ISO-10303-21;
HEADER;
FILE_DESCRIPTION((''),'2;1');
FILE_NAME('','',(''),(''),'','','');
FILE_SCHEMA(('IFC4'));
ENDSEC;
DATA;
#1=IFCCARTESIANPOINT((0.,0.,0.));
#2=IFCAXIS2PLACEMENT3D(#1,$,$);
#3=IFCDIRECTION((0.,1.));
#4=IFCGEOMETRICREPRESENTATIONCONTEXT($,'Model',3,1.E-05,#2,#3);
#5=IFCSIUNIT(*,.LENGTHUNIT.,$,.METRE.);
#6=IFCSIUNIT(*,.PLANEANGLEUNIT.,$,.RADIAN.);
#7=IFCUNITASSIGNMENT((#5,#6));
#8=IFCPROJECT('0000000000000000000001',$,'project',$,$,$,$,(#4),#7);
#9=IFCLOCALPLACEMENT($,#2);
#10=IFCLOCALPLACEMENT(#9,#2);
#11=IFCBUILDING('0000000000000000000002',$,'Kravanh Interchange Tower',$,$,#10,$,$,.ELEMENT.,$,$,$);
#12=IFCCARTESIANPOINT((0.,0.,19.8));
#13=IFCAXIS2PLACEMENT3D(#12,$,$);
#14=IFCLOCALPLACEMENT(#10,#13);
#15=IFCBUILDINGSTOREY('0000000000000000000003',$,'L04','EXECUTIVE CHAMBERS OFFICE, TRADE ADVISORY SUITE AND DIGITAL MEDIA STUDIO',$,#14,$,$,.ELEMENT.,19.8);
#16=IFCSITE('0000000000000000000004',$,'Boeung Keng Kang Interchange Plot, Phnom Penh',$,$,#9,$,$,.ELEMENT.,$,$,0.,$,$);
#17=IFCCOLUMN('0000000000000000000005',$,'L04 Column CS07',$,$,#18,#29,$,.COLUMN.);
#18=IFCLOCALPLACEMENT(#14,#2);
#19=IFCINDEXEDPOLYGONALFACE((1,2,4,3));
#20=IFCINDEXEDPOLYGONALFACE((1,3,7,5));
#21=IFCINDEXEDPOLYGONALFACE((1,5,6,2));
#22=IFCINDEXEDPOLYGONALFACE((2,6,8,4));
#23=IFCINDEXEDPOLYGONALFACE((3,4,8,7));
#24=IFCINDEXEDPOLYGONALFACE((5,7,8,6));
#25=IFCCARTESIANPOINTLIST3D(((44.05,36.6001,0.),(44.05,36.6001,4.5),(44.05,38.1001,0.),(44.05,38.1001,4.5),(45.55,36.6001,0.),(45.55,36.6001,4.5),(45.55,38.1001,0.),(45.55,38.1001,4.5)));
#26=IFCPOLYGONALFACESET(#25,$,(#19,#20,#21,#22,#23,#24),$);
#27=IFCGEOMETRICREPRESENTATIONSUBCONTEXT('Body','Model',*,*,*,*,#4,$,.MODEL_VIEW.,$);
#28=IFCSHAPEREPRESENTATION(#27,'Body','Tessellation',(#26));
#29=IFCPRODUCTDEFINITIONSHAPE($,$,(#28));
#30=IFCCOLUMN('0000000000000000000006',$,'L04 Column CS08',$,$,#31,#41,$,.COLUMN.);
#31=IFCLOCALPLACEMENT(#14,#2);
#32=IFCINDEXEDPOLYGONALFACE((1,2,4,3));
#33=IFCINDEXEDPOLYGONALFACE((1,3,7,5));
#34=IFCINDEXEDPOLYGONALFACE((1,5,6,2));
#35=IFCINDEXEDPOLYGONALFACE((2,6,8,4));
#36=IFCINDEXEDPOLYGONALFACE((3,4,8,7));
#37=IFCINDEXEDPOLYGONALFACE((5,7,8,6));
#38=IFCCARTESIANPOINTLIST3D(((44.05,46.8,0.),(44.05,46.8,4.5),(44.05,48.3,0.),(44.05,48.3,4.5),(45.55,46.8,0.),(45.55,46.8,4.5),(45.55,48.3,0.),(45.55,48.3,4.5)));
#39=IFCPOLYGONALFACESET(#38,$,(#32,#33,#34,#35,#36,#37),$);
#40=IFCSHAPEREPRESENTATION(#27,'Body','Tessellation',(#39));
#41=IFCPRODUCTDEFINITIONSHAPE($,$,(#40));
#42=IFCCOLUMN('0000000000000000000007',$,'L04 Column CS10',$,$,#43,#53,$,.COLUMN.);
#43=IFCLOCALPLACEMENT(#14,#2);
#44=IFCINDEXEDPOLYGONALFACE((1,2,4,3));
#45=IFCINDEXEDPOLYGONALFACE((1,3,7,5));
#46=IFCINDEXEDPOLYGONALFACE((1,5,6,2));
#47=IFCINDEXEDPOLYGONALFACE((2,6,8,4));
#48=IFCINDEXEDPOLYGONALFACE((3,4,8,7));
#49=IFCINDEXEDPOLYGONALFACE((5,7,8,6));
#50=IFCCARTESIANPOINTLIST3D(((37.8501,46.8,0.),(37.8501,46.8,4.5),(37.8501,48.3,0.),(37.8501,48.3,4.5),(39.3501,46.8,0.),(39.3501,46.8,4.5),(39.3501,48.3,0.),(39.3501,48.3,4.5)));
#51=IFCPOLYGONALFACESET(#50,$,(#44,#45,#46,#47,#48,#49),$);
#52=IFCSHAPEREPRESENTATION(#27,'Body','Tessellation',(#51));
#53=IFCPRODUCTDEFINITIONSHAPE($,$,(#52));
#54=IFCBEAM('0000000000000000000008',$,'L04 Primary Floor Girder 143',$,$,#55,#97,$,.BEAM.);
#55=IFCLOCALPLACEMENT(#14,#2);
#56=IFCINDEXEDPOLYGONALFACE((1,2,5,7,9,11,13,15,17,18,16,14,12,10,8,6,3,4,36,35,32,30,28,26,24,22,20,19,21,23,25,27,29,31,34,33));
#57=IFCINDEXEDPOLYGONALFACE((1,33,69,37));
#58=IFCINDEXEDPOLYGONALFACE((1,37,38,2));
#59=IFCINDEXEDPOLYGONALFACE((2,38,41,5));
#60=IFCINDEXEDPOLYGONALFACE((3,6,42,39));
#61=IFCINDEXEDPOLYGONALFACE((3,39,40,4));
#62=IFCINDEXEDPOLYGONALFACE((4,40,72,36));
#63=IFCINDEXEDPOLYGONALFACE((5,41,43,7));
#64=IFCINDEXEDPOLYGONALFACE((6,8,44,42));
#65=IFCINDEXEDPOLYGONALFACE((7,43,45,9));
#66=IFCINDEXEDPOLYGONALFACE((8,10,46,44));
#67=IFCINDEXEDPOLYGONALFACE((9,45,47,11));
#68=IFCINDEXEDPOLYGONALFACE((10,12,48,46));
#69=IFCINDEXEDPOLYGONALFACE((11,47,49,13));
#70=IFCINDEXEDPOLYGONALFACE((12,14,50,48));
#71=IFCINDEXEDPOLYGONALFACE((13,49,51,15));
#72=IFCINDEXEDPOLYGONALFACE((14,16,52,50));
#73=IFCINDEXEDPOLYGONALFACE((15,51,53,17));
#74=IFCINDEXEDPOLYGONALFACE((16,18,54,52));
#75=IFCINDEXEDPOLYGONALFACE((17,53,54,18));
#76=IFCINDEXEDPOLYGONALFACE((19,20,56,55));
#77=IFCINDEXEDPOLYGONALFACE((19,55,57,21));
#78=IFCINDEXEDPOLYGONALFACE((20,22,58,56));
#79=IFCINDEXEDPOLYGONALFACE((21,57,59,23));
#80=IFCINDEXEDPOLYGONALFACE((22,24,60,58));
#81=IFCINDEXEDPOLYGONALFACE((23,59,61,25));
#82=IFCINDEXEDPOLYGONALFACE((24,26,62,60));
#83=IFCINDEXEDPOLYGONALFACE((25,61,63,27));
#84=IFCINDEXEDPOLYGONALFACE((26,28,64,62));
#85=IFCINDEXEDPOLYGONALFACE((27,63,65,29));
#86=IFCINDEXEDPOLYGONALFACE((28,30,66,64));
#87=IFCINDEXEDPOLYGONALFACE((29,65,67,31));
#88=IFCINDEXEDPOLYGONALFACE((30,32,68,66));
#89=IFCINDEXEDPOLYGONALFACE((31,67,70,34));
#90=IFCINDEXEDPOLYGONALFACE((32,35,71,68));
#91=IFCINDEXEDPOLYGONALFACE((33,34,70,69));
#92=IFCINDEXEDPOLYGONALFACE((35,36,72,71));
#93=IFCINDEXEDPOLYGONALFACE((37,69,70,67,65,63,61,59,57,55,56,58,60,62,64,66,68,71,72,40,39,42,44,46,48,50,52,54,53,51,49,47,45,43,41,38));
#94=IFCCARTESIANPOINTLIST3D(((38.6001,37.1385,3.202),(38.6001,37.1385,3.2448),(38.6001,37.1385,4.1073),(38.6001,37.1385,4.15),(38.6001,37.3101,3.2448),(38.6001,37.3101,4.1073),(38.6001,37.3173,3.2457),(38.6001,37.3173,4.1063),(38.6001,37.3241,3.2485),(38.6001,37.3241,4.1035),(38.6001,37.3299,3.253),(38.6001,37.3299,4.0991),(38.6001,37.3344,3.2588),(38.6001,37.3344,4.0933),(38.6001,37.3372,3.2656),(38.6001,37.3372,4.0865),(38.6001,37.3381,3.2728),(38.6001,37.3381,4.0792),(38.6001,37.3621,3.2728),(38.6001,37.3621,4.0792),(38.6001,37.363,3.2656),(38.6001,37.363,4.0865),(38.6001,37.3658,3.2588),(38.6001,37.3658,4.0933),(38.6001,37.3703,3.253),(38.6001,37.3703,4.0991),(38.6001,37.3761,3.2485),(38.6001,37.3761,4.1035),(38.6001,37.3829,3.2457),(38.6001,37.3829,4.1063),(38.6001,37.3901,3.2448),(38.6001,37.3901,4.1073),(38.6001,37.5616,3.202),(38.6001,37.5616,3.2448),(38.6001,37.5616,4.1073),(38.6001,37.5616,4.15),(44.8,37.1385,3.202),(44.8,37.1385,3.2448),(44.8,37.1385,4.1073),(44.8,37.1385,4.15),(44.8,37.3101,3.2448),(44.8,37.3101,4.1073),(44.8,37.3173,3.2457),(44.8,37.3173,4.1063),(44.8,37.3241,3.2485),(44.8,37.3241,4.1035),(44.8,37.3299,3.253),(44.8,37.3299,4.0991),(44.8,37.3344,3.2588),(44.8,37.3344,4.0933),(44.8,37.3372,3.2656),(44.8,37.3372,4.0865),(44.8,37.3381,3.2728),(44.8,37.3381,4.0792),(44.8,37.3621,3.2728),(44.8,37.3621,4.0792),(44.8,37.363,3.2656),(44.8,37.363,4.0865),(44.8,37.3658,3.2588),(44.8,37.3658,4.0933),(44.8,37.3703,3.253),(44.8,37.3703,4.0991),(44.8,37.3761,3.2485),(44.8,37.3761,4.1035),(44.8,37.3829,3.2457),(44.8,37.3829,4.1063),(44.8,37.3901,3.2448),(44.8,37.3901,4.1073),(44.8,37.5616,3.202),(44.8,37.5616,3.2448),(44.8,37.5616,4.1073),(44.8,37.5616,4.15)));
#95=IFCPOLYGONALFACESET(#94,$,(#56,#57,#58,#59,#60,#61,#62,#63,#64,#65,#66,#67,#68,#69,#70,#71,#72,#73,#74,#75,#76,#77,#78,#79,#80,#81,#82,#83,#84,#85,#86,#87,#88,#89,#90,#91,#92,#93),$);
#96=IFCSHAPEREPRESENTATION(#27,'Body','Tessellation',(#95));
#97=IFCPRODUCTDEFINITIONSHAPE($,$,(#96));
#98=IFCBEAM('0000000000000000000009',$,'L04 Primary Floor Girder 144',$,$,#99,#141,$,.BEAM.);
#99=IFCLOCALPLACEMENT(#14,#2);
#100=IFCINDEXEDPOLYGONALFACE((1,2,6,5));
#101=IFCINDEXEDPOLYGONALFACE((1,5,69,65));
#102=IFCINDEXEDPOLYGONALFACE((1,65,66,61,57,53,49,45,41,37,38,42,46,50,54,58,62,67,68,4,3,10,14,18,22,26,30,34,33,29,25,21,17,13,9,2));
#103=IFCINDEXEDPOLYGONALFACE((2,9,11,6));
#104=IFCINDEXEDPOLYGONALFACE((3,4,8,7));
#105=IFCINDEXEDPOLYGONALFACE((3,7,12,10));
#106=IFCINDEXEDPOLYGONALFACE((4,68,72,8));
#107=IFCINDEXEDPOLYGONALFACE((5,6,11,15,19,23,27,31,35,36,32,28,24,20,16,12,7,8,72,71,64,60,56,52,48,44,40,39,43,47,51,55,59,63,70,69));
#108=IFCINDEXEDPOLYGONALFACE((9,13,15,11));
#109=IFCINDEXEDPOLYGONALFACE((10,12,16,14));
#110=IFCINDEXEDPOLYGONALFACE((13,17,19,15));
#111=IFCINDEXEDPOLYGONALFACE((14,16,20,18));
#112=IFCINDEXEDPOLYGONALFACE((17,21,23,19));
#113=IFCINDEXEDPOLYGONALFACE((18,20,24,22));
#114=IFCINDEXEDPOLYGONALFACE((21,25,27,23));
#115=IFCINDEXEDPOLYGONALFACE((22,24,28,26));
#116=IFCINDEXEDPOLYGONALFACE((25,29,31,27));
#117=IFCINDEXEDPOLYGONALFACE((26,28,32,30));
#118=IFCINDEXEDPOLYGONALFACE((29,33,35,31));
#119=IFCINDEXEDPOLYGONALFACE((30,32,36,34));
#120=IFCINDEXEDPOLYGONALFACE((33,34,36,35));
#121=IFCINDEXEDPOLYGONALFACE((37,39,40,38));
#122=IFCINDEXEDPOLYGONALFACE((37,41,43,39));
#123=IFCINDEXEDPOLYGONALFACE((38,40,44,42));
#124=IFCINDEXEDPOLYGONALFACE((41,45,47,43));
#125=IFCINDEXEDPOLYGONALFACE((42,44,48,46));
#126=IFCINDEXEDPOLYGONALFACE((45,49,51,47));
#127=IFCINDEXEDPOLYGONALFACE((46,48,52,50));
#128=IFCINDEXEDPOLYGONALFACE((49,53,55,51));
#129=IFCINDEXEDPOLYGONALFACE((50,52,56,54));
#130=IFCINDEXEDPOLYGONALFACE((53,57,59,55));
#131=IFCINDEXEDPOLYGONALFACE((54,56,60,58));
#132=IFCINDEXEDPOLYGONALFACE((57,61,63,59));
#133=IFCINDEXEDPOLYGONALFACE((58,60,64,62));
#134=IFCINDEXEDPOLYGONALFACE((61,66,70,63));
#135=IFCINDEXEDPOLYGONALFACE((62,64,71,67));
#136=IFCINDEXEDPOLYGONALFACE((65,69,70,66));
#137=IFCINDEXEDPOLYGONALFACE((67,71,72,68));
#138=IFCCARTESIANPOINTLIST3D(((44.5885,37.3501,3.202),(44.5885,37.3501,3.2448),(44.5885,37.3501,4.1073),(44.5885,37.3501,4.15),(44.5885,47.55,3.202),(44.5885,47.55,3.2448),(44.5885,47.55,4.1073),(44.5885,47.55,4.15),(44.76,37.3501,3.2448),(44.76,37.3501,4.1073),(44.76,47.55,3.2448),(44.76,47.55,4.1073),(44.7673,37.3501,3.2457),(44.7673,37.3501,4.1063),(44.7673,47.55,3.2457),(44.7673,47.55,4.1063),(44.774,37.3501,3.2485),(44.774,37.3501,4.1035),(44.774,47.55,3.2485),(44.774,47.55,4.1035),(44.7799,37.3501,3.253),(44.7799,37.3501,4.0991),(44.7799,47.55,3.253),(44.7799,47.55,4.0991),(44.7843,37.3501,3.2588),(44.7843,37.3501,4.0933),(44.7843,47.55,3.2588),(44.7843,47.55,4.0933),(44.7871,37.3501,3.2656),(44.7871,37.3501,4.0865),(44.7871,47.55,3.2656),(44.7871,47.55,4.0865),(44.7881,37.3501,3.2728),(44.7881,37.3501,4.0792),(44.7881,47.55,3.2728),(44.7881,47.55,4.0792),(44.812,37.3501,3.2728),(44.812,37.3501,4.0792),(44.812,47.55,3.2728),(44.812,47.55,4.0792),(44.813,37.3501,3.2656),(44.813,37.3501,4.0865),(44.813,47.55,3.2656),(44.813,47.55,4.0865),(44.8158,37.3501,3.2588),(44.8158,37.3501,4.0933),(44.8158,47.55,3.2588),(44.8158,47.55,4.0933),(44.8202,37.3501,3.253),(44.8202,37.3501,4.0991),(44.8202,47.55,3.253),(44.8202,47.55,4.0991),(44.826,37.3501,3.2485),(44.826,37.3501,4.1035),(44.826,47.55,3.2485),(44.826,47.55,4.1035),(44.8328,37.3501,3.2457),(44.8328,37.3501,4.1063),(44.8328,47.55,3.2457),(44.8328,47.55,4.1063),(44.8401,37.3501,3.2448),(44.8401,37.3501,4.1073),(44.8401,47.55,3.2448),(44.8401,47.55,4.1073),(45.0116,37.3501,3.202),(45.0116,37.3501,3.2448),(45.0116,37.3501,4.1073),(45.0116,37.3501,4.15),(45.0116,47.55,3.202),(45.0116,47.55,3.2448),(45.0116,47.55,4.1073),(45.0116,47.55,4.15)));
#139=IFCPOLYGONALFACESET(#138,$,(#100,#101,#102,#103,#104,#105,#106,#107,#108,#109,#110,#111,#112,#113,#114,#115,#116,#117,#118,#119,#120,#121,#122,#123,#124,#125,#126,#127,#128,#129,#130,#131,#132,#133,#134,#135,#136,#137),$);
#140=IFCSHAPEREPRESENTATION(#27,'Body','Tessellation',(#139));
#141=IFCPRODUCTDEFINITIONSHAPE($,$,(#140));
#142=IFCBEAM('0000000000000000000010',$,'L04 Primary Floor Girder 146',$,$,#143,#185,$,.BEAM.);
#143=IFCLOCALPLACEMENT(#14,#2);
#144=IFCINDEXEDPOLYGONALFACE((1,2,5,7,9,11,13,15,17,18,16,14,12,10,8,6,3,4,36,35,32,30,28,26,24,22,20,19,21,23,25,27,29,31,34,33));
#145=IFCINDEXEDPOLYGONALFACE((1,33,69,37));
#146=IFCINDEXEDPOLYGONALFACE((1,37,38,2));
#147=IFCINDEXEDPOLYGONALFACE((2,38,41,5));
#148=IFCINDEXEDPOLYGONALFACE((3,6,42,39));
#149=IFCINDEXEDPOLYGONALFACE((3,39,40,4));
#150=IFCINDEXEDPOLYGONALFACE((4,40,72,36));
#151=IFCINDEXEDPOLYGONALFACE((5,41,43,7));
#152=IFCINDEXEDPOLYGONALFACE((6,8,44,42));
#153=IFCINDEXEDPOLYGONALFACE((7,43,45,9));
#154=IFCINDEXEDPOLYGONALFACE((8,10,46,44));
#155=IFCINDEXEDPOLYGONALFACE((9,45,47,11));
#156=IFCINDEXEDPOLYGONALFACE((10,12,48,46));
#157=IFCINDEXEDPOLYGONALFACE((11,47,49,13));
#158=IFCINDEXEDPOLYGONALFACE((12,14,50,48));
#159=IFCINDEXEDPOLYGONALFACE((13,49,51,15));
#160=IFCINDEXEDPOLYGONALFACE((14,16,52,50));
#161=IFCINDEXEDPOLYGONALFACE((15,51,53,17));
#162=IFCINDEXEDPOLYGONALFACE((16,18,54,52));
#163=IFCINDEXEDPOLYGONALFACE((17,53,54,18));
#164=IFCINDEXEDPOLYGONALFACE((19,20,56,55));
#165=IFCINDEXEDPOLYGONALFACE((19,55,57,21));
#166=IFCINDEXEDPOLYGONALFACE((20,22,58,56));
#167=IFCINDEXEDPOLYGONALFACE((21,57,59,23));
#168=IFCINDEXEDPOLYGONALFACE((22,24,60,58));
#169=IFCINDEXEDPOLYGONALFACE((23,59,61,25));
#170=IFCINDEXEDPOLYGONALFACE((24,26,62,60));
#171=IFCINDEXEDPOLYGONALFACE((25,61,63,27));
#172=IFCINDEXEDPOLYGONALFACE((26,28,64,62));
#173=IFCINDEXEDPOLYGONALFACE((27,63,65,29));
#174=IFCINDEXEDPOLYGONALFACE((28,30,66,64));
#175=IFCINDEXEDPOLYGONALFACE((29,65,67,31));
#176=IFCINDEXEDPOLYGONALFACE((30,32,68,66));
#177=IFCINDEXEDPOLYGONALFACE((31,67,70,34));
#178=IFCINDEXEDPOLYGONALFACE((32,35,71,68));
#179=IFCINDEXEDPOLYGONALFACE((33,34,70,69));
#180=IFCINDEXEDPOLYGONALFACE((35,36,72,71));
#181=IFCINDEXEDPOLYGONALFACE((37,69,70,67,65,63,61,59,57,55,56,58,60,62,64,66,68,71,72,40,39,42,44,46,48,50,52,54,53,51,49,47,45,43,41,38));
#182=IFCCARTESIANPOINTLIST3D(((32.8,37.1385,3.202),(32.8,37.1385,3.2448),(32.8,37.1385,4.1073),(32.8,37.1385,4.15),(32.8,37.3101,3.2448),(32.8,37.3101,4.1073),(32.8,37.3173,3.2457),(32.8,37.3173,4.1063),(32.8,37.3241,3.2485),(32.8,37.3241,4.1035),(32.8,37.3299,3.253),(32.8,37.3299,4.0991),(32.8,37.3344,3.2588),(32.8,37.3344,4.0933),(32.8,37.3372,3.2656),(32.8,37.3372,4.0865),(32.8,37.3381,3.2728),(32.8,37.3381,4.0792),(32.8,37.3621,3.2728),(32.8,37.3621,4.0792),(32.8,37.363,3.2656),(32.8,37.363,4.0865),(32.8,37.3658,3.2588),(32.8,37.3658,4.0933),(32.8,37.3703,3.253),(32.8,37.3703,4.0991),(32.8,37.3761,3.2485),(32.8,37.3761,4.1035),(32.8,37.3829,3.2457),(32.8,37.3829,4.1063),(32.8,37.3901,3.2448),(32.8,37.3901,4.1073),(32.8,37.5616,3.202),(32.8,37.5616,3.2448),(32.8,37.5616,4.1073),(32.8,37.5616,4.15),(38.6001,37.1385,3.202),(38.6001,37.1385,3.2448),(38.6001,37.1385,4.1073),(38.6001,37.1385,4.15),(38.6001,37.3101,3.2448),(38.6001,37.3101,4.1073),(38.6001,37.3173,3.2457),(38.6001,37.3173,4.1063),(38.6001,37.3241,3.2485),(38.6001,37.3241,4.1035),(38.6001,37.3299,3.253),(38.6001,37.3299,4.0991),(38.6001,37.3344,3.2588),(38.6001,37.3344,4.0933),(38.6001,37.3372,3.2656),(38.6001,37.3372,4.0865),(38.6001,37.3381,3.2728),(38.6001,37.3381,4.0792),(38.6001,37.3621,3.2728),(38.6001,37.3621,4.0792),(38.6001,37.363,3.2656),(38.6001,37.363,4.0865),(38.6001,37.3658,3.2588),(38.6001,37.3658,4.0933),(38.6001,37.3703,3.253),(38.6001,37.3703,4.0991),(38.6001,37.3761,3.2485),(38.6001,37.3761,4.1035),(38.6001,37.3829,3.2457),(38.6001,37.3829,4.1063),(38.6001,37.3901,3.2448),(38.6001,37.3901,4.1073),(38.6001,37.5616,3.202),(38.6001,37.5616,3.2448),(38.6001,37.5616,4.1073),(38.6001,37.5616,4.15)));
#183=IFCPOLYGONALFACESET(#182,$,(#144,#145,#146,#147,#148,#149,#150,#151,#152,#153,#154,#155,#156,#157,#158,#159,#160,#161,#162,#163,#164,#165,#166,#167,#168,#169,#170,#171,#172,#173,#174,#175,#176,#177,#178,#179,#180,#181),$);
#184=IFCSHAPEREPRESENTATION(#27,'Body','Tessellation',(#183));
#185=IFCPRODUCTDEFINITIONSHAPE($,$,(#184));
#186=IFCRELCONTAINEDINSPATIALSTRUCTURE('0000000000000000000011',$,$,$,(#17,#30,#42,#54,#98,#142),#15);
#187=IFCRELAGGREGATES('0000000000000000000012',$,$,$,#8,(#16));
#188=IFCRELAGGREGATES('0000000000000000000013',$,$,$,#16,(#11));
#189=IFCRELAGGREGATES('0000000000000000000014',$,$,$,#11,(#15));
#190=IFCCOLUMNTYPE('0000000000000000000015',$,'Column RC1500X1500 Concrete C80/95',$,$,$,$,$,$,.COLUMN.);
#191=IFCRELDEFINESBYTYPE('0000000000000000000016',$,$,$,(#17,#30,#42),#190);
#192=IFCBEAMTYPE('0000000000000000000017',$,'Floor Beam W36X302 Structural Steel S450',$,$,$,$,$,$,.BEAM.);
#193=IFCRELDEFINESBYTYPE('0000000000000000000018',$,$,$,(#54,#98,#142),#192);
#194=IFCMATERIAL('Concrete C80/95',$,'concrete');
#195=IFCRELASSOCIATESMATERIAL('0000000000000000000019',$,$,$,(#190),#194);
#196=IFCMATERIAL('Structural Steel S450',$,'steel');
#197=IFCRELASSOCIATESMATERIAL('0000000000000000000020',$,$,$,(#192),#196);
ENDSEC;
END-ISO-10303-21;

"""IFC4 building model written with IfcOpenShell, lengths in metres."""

from ifc_helpers import new_model, si_unit, direction, frame, origin, origin_2d, place, context, subcontext, project, spatial, rectangle, i_section, extrude, material, material_profile, profile_set, type_object, element, save


model = new_model("IFC4")

# Units and contexts
model_context = context("Model", 3, precision=1e-05, world=origin(), true_north=direction((0.0, 1.0)))
body_context = subcontext(model_context, "Body", "Model", "MODEL_VIEW")
ifc_project = project(units=[si_unit("LENGTHUNIT", "METRE"), si_unit("PLANEANGLEUNIT", "RADIAN")], contexts=[model_context])

# Site, building, storey
site_placement = place(None, origin())
site = spatial("IfcSite", under=ifc_project, at=site_placement, Name="Boeung Keng Kang Interchange Plot, Phnom Penh", CompositionType="ELEMENT", RefElevation=0.0)
building_placement = place(site_placement, origin())
building = spatial("IfcBuilding", under=site, at=building_placement, Name="Kravanh Interchange Tower", CompositionType="ELEMENT")
storey_placement = place(building_placement, frame((0.0, 0.0, 19.8)))
storey = spatial("IfcBuildingStorey", under=building, at=storey_placement, Name="L04", Description="EXECUTIVE CHAMBERS OFFICE, TRADE ADVISORY SUITE AND DIGITAL MEDIA STUDIO", CompositionType="ELEMENT", Elevation=19.8)

# Columns
ifc_material_1 = material(Name="Concrete C80/95", Category="concrete")
ifc_material_profile_1 = material_profile(ifc_material_1, rectangle(XDim=1.5, YDim=1.5, at=origin_2d()), Name="RC1500X1500")
ifc_profile_set_1 = profile_set([ifc_material_profile_1], Name="Concrete C80/95")
column_type = type_object("IfcColumnType", Name="Column RC1500X1500 Concrete C80/95", PredefinedType="COLUMN", material=ifc_profile_set_1)
for number, where, z_axis, x_axis, name in (
    (1, (44.8, 37.3501, 0.0), (0.0, 0.0, 1.0), (1.0, 0.0, 0.0), "L04 Column CS07"),
    (2, (44.8, 47.55, 0.0), (0.0, 0.0, 1.0), (1.0, 0.0, 0.0), "L04 Column CS08"),
    (3, (38.6001, 47.55, 0.0), (0.0, 0.0, 1.0), (1.0, 0.0, 0.0), "L04 Column CS10"),
):
    element("IfcColumn", number, at=place(storey_placement, frame(where, z_axis=z_axis, x_axis=x_axis)), inside=storey, type_object=column_type, Name=name, PredefinedType="COLUMN", context=body_context, shape_type="SweptSolid", body=[
        extrude(rectangle(XDim=1.5, YDim=1.5, at=origin_2d()), origin(), (0.0, 0.0, 1.0), 4.5),
    ])

# Beams
ifc_material_2 = material(Name="Structural Steel S450", Category="steel")
ifc_material_profile_2 = material_profile(ifc_material_2, i_section(OverallWidth=0.4231, OverallDepth=0.948, WebThickness=0.0239, FlangeThickness=0.0427, FilletRadius=0.0281, at=origin_2d()), Name="W36X302")
ifc_profile_set_2 = profile_set([ifc_material_profile_2], Name="Structural Steel S450")
beam_type = type_object("IfcBeamType", Name="Floor Beam W36X302 Structural Steel S450", PredefinedType="BEAM", material=ifc_profile_set_2)
beam_1_placement = place(storey_placement, frame((44.8, 37.3501, 3.676), z_axis=(-1.0, 0.0, 0.0), x_axis=(0.0, -1.0, 0.0)))
element("IfcBeam", 4, at=beam_1_placement, inside=storey, type_object=beam_type, Name="L04 Primary Floor Girder 143", PredefinedType="BEAM", context=body_context, shape_type="SweptSolid", body=[
    extrude(i_section(OverallWidth=0.4231, OverallDepth=0.948, WebThickness=0.0239, FlangeThickness=0.0427, FilletRadius=0.0281, at=origin_2d()), origin(), (0.0, 0.0, 1.0), 6.2),
])
beam_2_placement = place(storey_placement, frame((44.8, 37.3501, 3.676), z_axis=(0.0, 1.0, 0.0), x_axis=(-1.0, 0.0, 0.0)))
element("IfcBeam", 5, at=beam_2_placement, inside=storey, type_object=beam_type, Name="L04 Primary Floor Girder 144", PredefinedType="BEAM", context=body_context, shape_type="SweptSolid", body=[
    extrude(i_section(OverallWidth=0.4231, OverallDepth=0.948, WebThickness=0.0239, FlangeThickness=0.0427, FilletRadius=0.0281, at=origin_2d()), origin(), (0.0, 0.0, 1.0), 10.2),
])
beam_3_placement = place(storey_placement, frame((38.6001, 37.3501, 3.676), z_axis=(-1.0, 0.0, 0.0), x_axis=(0.0, -1.0, 0.0)))
element("IfcBeam", 6, at=beam_3_placement, inside=storey, type_object=beam_type, Name="L04 Primary Floor Girder 146", PredefinedType="BEAM", context=body_context, shape_type="SweptSolid", body=[
    extrude(i_section(OverallWidth=0.4231, OverallDepth=0.948, WebThickness=0.0239, FlangeThickness=0.0427, FilletRadius=0.0281, at=origin_2d()), origin(), (0.0, 0.0, 1.0), 5.8),
])

save(model, "model.ifc")
